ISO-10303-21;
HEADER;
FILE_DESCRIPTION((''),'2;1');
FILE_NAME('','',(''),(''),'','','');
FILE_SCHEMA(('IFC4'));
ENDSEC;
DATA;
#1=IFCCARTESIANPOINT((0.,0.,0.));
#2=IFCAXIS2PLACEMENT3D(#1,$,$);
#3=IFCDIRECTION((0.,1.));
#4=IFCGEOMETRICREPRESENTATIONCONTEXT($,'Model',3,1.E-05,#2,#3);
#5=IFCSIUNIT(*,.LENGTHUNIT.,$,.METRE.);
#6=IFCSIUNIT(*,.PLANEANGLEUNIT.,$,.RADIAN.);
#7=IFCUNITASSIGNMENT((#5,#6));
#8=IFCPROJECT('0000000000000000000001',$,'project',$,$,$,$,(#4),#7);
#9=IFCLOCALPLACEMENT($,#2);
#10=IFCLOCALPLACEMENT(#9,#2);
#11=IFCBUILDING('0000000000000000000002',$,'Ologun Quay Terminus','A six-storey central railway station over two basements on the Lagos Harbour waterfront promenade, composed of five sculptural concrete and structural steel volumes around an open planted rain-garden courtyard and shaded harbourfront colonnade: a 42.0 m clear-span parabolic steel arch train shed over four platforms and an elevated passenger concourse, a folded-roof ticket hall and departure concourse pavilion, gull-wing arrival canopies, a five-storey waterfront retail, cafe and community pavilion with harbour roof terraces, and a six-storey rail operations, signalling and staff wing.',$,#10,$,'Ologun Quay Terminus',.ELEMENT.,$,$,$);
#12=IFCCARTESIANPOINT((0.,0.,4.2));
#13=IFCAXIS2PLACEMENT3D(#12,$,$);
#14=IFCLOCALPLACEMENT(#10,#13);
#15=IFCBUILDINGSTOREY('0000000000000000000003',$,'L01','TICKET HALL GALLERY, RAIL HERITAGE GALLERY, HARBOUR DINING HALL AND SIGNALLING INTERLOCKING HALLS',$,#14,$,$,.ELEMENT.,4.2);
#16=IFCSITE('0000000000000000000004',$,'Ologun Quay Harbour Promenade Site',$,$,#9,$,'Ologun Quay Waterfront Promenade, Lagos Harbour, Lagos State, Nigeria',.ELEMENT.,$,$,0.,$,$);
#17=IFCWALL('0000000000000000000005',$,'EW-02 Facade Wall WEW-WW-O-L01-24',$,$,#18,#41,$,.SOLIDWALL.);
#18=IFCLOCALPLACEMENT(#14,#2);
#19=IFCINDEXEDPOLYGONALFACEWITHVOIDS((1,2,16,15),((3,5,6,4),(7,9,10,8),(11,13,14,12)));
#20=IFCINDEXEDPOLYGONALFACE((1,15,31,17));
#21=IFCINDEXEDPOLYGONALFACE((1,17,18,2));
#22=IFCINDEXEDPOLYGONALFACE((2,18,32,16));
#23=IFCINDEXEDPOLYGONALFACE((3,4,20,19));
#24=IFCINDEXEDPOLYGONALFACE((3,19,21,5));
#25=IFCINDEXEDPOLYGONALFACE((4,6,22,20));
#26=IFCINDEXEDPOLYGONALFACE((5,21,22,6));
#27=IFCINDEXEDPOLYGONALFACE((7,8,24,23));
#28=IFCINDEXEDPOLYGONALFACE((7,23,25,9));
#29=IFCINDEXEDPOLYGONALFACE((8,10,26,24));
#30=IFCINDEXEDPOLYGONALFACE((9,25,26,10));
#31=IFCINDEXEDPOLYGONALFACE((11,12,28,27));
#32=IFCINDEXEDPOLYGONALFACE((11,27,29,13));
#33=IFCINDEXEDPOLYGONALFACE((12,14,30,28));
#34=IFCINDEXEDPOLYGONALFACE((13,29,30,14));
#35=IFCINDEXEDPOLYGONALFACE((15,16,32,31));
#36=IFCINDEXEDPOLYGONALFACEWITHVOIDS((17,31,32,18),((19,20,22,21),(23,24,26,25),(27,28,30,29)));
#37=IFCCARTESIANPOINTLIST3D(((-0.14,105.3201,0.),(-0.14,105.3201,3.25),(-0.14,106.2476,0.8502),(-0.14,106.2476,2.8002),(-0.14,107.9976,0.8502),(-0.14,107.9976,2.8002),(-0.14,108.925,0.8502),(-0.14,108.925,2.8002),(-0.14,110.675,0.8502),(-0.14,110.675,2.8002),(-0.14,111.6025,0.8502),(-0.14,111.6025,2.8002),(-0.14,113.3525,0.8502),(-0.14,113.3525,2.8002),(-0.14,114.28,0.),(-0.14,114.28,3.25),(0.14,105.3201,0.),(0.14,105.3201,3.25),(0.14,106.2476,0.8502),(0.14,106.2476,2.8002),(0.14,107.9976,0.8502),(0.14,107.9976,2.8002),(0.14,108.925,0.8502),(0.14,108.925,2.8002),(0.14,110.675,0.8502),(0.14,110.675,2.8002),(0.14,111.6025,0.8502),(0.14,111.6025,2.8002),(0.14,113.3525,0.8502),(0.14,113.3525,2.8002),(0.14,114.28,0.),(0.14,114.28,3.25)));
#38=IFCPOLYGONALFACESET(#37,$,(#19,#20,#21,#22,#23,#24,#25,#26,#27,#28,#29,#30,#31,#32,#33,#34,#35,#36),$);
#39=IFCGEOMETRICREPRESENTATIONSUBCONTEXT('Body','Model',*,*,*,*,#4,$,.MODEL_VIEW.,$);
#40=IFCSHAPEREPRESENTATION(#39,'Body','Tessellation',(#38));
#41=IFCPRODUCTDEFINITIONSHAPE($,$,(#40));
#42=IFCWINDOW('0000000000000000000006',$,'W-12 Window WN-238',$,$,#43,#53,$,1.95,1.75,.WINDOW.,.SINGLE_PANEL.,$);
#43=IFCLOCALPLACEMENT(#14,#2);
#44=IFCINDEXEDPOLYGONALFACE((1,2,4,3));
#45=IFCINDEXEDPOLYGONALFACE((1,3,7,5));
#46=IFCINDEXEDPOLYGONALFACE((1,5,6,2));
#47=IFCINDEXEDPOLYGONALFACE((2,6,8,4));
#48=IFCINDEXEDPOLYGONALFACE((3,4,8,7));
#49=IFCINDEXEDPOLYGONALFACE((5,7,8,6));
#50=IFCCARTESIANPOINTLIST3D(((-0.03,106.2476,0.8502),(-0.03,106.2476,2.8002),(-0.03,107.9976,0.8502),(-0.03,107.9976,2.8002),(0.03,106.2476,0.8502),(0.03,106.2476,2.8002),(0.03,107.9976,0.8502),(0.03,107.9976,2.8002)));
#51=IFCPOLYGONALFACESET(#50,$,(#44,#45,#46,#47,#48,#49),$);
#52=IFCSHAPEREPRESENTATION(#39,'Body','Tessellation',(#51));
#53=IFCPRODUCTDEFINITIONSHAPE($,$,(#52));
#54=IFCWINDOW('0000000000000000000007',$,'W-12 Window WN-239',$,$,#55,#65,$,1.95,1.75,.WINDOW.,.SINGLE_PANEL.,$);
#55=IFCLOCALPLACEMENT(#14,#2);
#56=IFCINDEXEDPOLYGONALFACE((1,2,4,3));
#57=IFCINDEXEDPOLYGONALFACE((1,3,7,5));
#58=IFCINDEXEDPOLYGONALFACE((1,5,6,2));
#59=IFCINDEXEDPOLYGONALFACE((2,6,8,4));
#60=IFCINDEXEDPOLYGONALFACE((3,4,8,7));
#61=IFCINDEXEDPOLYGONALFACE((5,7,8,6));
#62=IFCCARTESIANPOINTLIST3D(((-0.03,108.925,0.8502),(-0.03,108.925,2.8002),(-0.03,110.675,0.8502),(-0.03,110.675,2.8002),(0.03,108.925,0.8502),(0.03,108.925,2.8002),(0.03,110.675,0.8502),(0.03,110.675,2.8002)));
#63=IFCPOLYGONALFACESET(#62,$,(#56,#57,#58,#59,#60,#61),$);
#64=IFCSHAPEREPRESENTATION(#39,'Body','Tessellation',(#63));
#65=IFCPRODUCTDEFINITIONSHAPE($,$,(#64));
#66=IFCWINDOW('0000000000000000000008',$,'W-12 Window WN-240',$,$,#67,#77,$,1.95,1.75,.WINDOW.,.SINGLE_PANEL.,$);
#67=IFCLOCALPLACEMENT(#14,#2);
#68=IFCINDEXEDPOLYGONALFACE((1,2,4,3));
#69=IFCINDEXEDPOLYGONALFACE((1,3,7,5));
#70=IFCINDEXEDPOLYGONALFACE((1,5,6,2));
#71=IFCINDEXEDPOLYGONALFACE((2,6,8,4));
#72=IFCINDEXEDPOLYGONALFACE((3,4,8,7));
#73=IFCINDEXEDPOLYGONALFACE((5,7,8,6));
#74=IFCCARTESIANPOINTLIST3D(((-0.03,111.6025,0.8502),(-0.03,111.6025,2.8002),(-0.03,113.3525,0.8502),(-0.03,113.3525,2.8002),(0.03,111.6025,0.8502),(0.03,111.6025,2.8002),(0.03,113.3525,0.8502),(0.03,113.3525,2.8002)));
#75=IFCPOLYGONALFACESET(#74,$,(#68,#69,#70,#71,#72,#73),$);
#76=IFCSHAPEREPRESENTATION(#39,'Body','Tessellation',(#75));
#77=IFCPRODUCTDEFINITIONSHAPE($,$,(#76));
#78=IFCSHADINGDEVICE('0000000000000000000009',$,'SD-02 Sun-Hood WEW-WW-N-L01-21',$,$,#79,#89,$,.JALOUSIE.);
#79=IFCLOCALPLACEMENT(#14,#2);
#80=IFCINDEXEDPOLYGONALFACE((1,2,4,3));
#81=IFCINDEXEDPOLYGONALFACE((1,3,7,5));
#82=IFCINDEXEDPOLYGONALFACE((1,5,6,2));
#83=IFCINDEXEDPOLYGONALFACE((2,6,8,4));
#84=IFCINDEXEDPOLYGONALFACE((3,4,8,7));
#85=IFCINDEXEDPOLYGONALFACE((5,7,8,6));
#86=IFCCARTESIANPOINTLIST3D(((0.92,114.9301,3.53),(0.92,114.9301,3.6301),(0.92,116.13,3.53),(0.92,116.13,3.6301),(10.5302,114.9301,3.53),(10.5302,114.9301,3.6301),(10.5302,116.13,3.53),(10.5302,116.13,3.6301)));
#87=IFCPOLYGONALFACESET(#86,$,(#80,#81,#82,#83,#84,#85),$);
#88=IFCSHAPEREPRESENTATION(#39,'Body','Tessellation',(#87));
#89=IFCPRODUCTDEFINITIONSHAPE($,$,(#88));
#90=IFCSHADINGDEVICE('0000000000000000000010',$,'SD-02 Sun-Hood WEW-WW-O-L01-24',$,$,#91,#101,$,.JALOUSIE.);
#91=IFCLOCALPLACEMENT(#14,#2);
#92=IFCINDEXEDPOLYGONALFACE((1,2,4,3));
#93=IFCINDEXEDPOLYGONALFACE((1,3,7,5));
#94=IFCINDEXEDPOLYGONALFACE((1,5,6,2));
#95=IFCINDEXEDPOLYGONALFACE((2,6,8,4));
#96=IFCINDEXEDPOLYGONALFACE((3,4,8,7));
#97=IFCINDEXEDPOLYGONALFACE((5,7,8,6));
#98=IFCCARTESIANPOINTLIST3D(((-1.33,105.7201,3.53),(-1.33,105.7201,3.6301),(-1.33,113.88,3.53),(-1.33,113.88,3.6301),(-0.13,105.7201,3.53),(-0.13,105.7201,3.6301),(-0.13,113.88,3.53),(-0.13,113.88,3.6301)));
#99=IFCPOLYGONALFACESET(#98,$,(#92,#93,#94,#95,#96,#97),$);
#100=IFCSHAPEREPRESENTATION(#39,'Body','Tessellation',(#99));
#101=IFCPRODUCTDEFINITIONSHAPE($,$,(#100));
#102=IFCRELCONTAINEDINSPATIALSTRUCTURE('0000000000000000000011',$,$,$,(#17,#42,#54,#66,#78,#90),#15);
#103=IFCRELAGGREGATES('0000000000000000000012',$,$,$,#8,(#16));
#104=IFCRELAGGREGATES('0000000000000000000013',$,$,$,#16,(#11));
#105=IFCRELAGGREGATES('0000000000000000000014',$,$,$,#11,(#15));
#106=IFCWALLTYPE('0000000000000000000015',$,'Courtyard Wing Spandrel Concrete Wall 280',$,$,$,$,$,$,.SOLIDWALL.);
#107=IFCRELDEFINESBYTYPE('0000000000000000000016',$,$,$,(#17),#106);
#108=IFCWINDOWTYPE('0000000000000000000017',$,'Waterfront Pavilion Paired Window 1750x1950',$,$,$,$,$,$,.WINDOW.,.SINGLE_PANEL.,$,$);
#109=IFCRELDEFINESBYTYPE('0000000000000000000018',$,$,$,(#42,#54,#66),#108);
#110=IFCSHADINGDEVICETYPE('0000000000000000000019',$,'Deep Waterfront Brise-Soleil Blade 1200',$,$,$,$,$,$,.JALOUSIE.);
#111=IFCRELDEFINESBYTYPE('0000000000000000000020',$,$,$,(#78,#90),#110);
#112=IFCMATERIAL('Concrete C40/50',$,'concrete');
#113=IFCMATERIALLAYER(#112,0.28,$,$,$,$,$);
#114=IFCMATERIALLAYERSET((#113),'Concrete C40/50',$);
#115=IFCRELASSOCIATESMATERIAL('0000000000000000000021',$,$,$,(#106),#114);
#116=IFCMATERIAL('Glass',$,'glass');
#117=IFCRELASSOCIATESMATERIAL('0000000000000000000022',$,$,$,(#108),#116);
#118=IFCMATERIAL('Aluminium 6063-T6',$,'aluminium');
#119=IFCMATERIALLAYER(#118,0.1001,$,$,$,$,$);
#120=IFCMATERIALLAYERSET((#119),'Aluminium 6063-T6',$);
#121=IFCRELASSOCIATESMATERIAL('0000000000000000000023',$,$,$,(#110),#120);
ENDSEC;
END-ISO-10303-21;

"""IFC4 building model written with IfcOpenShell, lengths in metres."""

from ifc_helpers import new_model, si_unit, direction, frame, frame_2d, origin, origin_2d, place, context, subcontext, project, spatial, rectangle, extrude, material, layer, layer_set, type_object, element, fill, save


model = new_model("IFC4")

# Units and contexts
model_context = context("Model", 3, precision=1e-05, world=origin(), true_north=direction((0.0, 1.0)))
body_context = subcontext(model_context, "Body", "Model", "MODEL_VIEW")
ifc_project = project(units=[si_unit("LENGTHUNIT", "METRE"), si_unit("PLANEANGLEUNIT", "RADIAN")], contexts=[model_context])

# Site, building, storey
site_placement = place(None, origin())
site = spatial("IfcSite", under=ifc_project, at=site_placement, Name="Ologun Quay Harbour Promenade Site", LongName="Ologun Quay Waterfront Promenade, Lagos Harbour, Lagos State, Nigeria", CompositionType="ELEMENT", RefElevation=0.0)
building_placement = place(site_placement, origin())
building = spatial("IfcBuilding", under=site, at=building_placement, Name="Ologun Quay Terminus", Description="A six-storey central railway station over two basements on the Lagos Harbour waterfront promenade, composed of five sculptural concrete and structural steel volumes around an open planted rain-garden courtyard and shaded harbourfront colonnade: a 42.0 m clear-span parabolic steel arch train shed over four platforms and an elevated passenger concourse, a folded-roof ticket hall and departure concourse pavilion, gull-wing arrival canopies, a five-storey waterfront retail, cafe and community pavilion with harbour roof terraces, and a six-storey rail operations, signalling and staff wing.", LongName="Ologun Quay Terminus", CompositionType="ELEMENT")
storey_placement = place(building_placement, frame((0.0, 0.0, 4.2)))
storey = spatial("IfcBuildingStorey", under=building, at=storey_placement, Name="L01", Description="TICKET HALL GALLERY, RAIL HERITAGE GALLERY, HARBOUR DINING HALL AND SIGNALLING INTERLOCKING HALLS", CompositionType="ELEMENT", Elevation=4.2)

# Wall, openings, windows
ifc_material_1 = material(Name="Concrete C40/50", Category="concrete")
ifc_layer_1 = layer(ifc_material_1, 0.28)
ifc_layer_set_1 = layer_set([ifc_layer_1], Name="Concrete C40/50")
wall_type = type_object("IfcWallType", Name="Courtyard Wing Spandrel Concrete Wall 280", PredefinedType="SOLIDWALL", material=ifc_layer_set_1)
wall_1_placement = place(storey_placement, frame((0.0, 105.3201, 0.0), z_axis=(0.0, 0.0, 1.0), x_axis=(0.0, 1.0, 0.0)))
wall_1 = element("IfcWall", 1, at=wall_1_placement, inside=storey, type_object=wall_type, Name="EW-02 Facade Wall WEW-WW-O-L01-24", PredefinedType="SOLIDWALL", context=body_context, shape_type="SweptSolid", body=[
    extrude(rectangle(XDim=8.96, YDim=0.28, at=frame_2d((4.48, 0.0))), origin(), (0.0, 0.0, 1.0), 3.25),
])
opening_1_placement = place(wall_1_placement, frame((0.9275, 0.0, 0.8501)))
opening_1 = element("IfcOpeningElement", 2, at=opening_1_placement, cuts=wall_1, PredefinedType="OPENING", context=body_context, shape_type="SweptSolid", body=[
    extrude(rectangle(XDim=1.75, YDim=1.95, at=frame_2d((0.875, 0.9751))), frame((0.0, 0.1499, 0.0), z_axis=(0.0, -1.0, 0.0), x_axis=(1.0, 0.0, 0.0)), (0.0, 0.0, 1.0), 0.3),
])
opening_2_placement = place(wall_1_placement, frame((3.605, 0.0, 0.8501)))
opening_2 = element("IfcOpeningElement", 3, at=opening_2_placement, cuts=wall_1, PredefinedType="OPENING", context=body_context, shape_type="SweptSolid", body=[
    extrude(rectangle(XDim=1.75, YDim=1.95, at=frame_2d((0.875, 0.9751))), frame((0.0, 0.1499, 0.0), z_axis=(0.0, -1.0, 0.0), x_axis=(1.0, 0.0, 0.0)), (0.0, 0.0, 1.0), 0.3),
])
opening_3_placement = place(wall_1_placement, frame((6.2825, 0.0, 0.8501)))
opening_3 = element("IfcOpeningElement", 4, at=opening_3_placement, cuts=wall_1, PredefinedType="OPENING", context=body_context, shape_type="SweptSolid", body=[
    extrude(rectangle(XDim=1.75, YDim=1.95, at=frame_2d((0.875, 0.9751))), frame((0.0, 0.1499, 0.0), z_axis=(0.0, -1.0, 0.0), x_axis=(1.0, 0.0, 0.0)), (0.0, 0.0, 1.0), 0.3),
])
ifc_material_2 = material(Name="Glass", Category="glass")
window_type_1 = type_object("IfcWindowType", Name="Waterfront Pavilion Paired Window 1750x1950", PartitioningType="SINGLE_PANEL", PredefinedType="WINDOW", material=ifc_material_2)
window_1_placement = place(opening_1_placement, origin())
window_1 = element("IfcWindow", 5, at=window_1_placement, inside=storey, type_object=window_type_1, Name="W-12 Window WN-238", OverallHeight=1.95, OverallWidth=1.75, PartitioningType="SINGLE_PANEL", PredefinedType="WINDOW", context=body_context, shape_type="SweptSolid", body=[
    extrude(rectangle(XDim=1.75, YDim=1.95, at=frame_2d((0.875, 0.9751))), frame((0.0, 0.03, 0.0), z_axis=(0.0, -1.0, 0.0), x_axis=(1.0, 0.0, 0.0)), (0.0, 0.0, 1.0), 0.0601),
])
fill(opening_1, window_1)
window_2_placement = place(opening_2_placement, origin())
window_2 = element("IfcWindow", 6, at=window_2_placement, inside=storey, type_object=window_type_1, Name="W-12 Window WN-239", OverallHeight=1.95, OverallWidth=1.75, PartitioningType="SINGLE_PANEL", PredefinedType="WINDOW", context=body_context, shape_type="SweptSolid", body=[
    extrude(rectangle(XDim=1.75, YDim=1.95, at=frame_2d((0.875, 0.9751))), frame((0.0, 0.03, 0.0), z_axis=(0.0, -1.0, 0.0), x_axis=(1.0, 0.0, 0.0)), (0.0, 0.0, 1.0), 0.0601),
])
fill(opening_2, window_2)
window_3_placement = place(opening_3_placement, origin())
window_3 = element("IfcWindow", 7, at=window_3_placement, inside=storey, type_object=window_type_1, Name="W-12 Window WN-240", OverallHeight=1.95, OverallWidth=1.75, PartitioningType="SINGLE_PANEL", PredefinedType="WINDOW", context=body_context, shape_type="SweptSolid", body=[
    extrude(rectangle(XDim=1.75, YDim=1.95, at=frame_2d((0.875, 0.9751))), frame((0.0, 0.03, 0.0), z_axis=(0.0, -1.0, 0.0), x_axis=(1.0, 0.0, 0.0)), (0.0, 0.0, 1.0), 0.0601),
])
fill(opening_3, window_3)

# Shading devices
ifc_material_3 = material(Name="Aluminium 6063-T6", Category="aluminium")
ifc_layer_2 = layer(ifc_material_3, 0.1001)
ifc_layer_set_2 = layer_set([ifc_layer_2], Name="Aluminium 6063-T6")
shading_device_type = type_object("IfcShadingDeviceType", Name="Deep Waterfront Brise-Soleil Blade 1200", PredefinedType="JALOUSIE", material=ifc_layer_set_2)
shading_device_1_placement = place(storey_placement, frame((5.7251, 115.53, 3.53), z_axis=(0.0, 0.0, 1.0), x_axis=(1.0, 0.0, 0.0)))
element("IfcShadingDevice", 8, at=shading_device_1_placement, inside=storey, type_object=shading_device_type, Name="SD-02 Sun-Hood WEW-WW-N-L01-21", PredefinedType="JALOUSIE", context=body_context, shape_type="SweptSolid", body=[
    extrude(rectangle(XDim=9.6101, YDim=1.2, at=origin_2d()), origin(), (0.0, 0.0, 1.0), 0.1001),
])
shading_device_2_placement = place(storey_placement, frame((-0.73, 109.8, 3.53), z_axis=(0.0, 0.0, 1.0), x_axis=(1.0, 0.0, 0.0)))
element("IfcShadingDevice", 9, at=shading_device_2_placement, inside=storey, type_object=shading_device_type, Name="SD-02 Sun-Hood WEW-WW-O-L01-24", PredefinedType="JALOUSIE", context=body_context, shape_type="SweptSolid", body=[
    extrude(rectangle(XDim=1.2, YDim=8.1599, at=origin_2d()), origin(), (0.0, 0.0, 1.0), 0.1001),
])

save(model, "model.ifc")
